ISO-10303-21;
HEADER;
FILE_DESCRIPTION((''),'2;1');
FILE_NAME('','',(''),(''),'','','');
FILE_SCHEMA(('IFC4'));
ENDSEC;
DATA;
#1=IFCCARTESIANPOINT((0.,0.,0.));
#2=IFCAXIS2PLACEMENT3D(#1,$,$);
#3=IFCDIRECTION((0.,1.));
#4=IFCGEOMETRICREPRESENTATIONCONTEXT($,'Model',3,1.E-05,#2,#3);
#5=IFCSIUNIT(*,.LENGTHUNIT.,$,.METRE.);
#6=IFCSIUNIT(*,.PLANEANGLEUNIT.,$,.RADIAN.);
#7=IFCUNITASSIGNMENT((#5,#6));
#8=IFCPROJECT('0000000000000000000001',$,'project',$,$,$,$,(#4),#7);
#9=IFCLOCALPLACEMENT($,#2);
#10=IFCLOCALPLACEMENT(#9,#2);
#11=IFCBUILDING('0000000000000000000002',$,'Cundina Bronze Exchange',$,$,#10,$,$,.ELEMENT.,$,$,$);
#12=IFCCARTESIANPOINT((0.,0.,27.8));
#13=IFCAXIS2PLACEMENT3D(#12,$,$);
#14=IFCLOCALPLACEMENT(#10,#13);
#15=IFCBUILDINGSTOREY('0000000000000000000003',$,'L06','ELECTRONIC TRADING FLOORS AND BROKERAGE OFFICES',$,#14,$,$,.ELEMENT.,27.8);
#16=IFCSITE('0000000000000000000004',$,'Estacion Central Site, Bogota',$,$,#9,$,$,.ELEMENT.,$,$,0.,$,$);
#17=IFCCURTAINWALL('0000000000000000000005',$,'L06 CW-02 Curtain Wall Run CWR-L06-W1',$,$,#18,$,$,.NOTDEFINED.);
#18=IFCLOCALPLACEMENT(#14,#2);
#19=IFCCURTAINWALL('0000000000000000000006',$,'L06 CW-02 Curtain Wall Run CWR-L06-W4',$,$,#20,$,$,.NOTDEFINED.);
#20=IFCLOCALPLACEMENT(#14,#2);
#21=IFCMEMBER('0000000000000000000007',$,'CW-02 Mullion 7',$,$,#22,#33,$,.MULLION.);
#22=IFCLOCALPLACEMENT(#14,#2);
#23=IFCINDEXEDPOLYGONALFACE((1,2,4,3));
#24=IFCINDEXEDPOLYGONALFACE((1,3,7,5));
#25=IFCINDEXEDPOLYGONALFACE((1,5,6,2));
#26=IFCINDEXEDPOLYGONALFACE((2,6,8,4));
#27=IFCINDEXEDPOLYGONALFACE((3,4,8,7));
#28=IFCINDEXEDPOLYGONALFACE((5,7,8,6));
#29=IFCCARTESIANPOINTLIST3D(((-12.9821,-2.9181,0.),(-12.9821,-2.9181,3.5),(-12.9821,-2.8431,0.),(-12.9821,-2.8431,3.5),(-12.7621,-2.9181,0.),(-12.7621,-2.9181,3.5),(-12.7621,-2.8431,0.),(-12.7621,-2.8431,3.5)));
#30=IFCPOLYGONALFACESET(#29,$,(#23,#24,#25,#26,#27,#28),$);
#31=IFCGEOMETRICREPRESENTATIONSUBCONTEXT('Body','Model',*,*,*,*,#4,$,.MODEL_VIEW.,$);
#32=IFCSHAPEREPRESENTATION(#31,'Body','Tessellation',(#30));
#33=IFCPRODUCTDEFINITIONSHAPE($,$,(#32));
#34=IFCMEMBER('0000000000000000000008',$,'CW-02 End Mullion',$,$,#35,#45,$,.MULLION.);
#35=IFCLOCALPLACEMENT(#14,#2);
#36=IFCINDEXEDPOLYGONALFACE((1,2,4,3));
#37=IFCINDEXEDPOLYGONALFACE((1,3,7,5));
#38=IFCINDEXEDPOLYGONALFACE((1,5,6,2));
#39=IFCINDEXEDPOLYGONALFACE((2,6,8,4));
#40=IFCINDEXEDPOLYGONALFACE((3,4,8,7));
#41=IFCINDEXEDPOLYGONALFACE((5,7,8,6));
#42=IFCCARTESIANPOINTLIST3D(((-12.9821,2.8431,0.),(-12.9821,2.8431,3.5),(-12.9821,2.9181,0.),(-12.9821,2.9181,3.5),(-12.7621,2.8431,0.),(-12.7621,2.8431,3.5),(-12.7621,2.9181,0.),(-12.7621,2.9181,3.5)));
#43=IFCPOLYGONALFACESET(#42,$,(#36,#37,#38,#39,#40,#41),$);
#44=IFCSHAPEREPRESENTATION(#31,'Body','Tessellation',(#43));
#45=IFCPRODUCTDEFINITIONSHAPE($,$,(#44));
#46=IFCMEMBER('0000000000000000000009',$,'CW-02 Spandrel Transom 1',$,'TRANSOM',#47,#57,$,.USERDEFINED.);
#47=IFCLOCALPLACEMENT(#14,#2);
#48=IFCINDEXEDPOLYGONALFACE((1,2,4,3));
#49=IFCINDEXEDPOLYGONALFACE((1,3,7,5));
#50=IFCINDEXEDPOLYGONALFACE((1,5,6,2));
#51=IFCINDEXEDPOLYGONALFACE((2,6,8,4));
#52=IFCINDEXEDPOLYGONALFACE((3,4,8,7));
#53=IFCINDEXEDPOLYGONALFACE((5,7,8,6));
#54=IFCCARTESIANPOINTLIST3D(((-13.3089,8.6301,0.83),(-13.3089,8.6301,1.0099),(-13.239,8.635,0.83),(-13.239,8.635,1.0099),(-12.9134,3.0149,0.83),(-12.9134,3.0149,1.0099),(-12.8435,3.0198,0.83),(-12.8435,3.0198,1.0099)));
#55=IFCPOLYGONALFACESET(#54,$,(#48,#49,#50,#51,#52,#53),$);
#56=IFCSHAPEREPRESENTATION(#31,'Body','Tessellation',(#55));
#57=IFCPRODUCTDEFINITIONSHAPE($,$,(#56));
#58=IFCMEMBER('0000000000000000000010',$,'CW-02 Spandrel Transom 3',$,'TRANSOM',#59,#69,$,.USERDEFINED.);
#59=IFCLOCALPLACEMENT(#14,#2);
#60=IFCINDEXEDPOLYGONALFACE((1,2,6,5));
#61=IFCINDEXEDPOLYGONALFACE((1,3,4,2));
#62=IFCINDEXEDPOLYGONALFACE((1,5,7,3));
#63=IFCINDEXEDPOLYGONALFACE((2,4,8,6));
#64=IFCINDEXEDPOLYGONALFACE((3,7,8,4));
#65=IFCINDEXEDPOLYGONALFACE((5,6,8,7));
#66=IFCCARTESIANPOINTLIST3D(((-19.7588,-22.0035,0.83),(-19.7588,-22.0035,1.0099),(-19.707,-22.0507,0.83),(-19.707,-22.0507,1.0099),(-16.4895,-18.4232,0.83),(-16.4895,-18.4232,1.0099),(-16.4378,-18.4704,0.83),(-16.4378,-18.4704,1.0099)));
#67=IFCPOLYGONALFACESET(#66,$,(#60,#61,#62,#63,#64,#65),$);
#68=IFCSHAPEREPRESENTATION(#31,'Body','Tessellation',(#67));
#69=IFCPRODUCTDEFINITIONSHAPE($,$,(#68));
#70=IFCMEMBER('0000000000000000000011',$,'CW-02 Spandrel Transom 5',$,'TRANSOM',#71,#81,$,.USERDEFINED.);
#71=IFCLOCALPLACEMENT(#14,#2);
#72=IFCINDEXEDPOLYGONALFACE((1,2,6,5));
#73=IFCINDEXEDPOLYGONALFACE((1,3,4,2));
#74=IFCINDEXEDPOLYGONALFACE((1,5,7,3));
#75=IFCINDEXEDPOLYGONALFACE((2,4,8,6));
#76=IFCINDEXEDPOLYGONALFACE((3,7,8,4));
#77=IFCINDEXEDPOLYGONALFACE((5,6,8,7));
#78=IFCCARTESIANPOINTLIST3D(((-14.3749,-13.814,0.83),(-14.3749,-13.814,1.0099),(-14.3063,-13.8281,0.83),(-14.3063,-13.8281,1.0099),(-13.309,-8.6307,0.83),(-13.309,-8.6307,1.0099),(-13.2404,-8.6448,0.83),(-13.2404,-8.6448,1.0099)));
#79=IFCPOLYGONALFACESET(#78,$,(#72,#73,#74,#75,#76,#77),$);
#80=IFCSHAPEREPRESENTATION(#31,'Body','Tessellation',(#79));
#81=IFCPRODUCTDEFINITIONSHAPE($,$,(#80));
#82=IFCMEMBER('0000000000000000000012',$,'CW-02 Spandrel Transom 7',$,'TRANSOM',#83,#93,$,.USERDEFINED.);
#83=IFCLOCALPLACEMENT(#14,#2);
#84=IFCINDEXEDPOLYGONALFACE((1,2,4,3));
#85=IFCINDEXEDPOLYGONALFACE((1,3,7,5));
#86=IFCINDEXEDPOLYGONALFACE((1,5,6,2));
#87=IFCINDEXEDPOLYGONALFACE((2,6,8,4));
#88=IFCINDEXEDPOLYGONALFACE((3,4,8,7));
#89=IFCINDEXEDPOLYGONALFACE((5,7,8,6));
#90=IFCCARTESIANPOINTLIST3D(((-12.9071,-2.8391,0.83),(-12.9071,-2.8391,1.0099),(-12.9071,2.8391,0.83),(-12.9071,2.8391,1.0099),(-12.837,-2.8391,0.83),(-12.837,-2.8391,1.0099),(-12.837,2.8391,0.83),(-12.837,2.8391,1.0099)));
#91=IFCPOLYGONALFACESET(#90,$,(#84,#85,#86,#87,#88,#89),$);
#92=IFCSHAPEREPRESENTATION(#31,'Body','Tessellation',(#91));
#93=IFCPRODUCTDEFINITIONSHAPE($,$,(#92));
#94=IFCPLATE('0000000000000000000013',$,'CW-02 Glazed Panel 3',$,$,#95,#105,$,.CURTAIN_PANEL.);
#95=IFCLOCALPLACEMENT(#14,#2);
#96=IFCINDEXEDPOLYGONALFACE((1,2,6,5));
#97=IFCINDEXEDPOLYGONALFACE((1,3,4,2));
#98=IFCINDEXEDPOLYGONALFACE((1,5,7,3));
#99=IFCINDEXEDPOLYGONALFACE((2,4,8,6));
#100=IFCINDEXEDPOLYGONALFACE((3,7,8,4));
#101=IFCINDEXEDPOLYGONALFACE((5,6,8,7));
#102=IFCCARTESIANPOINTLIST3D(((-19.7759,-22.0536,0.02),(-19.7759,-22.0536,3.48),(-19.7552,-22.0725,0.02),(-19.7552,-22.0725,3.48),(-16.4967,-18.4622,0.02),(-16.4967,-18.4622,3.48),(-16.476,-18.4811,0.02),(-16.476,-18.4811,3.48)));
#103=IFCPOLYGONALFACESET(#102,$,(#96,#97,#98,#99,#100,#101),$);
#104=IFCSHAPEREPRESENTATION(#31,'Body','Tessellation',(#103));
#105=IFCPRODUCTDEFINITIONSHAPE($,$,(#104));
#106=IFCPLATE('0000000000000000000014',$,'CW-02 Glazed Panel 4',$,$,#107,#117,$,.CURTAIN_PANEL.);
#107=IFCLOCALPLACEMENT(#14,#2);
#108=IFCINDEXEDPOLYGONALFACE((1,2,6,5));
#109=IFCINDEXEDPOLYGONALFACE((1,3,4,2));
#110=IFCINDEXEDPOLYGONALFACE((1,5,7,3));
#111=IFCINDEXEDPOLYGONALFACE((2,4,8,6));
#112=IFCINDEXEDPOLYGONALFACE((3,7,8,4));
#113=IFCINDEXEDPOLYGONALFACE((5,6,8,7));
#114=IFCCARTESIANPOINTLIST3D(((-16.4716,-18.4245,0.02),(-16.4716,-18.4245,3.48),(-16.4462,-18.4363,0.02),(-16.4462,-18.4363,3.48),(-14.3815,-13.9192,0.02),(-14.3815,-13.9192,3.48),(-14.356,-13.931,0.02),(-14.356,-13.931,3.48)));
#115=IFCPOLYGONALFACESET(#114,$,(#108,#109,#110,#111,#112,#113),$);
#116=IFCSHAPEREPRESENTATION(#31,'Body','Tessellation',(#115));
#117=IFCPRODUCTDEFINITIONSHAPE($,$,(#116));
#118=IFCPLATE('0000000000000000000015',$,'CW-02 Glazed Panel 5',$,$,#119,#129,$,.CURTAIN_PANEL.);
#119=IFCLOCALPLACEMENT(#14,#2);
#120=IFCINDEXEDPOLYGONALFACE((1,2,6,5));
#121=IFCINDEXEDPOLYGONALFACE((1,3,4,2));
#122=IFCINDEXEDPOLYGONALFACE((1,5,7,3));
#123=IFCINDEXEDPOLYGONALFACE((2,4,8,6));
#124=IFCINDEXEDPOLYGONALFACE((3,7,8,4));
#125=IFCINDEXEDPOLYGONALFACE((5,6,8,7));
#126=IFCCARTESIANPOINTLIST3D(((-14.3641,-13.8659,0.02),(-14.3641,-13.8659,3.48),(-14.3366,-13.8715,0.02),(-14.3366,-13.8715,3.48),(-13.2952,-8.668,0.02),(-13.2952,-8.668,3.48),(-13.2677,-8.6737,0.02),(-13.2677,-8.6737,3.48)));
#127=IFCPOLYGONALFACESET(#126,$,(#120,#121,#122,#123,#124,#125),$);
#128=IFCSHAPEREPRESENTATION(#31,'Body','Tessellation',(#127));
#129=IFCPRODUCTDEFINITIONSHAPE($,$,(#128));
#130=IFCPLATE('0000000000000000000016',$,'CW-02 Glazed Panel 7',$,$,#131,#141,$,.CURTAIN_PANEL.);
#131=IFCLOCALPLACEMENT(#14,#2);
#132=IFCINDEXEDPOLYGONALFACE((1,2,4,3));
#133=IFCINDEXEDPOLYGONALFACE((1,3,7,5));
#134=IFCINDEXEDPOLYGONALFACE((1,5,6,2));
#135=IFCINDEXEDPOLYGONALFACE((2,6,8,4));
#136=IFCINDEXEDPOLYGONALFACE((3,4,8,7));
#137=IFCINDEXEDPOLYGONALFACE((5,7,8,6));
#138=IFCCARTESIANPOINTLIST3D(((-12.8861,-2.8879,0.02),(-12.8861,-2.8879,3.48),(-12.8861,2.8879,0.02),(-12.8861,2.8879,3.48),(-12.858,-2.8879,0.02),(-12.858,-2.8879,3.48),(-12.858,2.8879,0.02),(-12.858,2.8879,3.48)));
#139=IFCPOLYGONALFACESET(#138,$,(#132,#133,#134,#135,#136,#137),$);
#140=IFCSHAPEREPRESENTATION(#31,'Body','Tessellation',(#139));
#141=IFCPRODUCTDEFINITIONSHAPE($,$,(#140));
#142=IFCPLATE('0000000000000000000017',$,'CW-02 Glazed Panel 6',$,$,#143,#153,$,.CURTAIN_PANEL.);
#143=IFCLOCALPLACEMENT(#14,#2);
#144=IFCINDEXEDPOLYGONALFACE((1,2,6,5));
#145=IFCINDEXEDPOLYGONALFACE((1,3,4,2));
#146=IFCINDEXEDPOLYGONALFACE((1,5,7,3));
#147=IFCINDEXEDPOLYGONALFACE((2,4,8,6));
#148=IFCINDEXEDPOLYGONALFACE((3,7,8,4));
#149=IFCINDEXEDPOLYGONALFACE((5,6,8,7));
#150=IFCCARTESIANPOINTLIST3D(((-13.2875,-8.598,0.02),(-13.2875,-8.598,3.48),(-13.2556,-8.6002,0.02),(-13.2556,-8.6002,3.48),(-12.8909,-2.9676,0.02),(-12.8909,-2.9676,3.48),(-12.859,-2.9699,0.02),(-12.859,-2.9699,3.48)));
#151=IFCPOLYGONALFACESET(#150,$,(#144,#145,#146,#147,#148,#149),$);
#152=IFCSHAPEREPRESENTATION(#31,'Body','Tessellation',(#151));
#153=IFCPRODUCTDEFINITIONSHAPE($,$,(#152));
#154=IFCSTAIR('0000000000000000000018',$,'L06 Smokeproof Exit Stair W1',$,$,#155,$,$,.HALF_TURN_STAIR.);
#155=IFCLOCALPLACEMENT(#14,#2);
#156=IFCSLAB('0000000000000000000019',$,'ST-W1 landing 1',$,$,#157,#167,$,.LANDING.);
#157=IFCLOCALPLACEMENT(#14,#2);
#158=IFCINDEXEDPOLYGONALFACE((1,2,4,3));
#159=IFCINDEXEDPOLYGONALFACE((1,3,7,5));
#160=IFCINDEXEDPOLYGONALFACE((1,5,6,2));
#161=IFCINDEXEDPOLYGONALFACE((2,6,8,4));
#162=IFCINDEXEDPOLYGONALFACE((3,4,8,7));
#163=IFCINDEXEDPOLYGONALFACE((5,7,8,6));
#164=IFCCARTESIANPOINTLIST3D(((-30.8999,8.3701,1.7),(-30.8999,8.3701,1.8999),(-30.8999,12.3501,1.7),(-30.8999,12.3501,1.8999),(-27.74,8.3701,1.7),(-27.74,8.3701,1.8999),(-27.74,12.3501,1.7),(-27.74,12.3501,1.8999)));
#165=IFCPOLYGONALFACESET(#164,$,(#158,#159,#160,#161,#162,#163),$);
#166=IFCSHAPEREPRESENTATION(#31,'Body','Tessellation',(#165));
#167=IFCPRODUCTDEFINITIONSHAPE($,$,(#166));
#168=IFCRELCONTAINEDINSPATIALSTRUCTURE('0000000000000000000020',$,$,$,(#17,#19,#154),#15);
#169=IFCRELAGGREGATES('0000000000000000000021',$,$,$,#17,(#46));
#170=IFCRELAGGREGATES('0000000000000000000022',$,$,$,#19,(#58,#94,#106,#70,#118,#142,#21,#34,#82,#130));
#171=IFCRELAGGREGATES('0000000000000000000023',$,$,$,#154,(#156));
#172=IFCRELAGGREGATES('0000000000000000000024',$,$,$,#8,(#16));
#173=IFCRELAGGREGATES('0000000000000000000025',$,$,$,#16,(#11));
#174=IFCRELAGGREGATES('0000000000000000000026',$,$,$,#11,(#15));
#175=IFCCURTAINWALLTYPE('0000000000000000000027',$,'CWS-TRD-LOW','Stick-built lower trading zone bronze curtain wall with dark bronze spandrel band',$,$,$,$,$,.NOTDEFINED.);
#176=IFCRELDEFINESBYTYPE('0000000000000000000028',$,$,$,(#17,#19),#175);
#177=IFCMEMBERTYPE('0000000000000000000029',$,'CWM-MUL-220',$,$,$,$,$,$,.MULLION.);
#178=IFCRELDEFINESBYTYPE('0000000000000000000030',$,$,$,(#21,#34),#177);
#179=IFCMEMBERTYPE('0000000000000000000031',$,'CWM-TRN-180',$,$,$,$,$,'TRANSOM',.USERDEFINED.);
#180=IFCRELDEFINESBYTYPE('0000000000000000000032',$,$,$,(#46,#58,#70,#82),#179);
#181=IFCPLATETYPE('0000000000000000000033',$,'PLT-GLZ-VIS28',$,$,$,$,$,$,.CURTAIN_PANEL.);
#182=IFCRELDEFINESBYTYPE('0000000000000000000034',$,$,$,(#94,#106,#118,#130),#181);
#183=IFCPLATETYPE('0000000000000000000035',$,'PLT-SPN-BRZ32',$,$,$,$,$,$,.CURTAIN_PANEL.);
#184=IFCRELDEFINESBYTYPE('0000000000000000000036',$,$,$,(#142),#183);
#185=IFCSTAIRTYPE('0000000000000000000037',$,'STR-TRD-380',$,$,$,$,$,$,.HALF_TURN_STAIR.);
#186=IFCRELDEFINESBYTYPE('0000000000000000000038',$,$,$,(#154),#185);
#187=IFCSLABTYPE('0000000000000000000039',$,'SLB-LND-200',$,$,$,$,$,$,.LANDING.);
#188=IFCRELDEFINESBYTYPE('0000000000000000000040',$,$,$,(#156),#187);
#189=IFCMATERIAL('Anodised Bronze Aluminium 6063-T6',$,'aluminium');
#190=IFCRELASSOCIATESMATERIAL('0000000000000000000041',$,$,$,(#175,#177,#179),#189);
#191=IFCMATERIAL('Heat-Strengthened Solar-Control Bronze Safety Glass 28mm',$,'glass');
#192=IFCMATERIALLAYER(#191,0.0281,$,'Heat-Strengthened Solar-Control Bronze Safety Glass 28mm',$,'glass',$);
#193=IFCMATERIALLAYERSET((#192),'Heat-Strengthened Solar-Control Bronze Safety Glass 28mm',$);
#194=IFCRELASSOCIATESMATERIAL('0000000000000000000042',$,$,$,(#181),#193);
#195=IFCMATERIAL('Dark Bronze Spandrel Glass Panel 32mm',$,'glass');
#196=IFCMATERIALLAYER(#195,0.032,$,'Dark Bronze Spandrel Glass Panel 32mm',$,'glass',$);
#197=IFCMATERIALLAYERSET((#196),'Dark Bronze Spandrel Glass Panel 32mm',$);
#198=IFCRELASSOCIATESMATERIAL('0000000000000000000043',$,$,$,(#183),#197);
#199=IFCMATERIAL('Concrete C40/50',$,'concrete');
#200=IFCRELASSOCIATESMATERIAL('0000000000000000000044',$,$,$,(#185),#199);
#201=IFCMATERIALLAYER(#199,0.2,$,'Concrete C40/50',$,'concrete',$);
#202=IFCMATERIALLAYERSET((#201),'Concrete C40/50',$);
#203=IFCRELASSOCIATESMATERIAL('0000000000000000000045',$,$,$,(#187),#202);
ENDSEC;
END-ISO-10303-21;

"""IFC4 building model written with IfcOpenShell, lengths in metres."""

from ifc_helpers import new_model, si_unit, direction, frame, origin, origin_2d, place, context, subcontext, project, spatial, polyline, rectangle, outline, extrude, material, layer, layer_set, material_profile, profile_set, type_object, element, aggregate, save


model = new_model("IFC4")

# Units and contexts
model_context = context("Model", 3, precision=1e-05, world=origin(), true_north=direction((0.0, 1.0)))
body_context = subcontext(model_context, "Body", "Model", "MODEL_VIEW")
ifc_project = project(units=[si_unit("LENGTHUNIT", "METRE"), si_unit("PLANEANGLEUNIT", "RADIAN")], contexts=[model_context])

# Site, building, storey
site_placement = place(None, origin())
site = spatial("IfcSite", under=ifc_project, at=site_placement, Name="Estacion Central Site, Bogota", CompositionType="ELEMENT", RefElevation=0.0)
building_placement = place(site_placement, origin())
building = spatial("IfcBuilding", under=site, at=building_placement, Name="Cundina Bronze Exchange", CompositionType="ELEMENT")
storey_placement = place(building_placement, frame((0.0, 0.0, 27.8)))
storey = spatial("IfcBuildingStorey", under=building, at=storey_placement, Name="L06", Description="ELECTRONIC TRADING FLOORS AND BROKERAGE OFFICES", CompositionType="ELEMENT", Elevation=27.8)

# Curtain wall
ifc_material_1 = material(Name="Anodised Bronze Aluminium 6063-T6", Category="aluminium")
curtain_wall_type = type_object("IfcCurtainWallType", Name="CWS-TRD-LOW", Description="Stick-built lower trading zone bronze curtain wall with dark bronze spandrel band", PredefinedType="NOTDEFINED", material=ifc_material_1)
curtain_wall_1_placement = place(storey_placement, origin())
curtain_wall_1 = element("IfcCurtainWall", 1, at=curtain_wall_1_placement, inside=storey, type_object=curtain_wall_type, Name="L06 CW-02 Curtain Wall Run CWR-L06-W1", PredefinedType="NOTDEFINED")
ifc_material_profile_1 = material_profile(ifc_material_1, rectangle(XDim=0.075, YDim=0.22, at=origin_2d()), Name="AL75X220", Category="aluminium")
ifc_profile_set_1 = profile_set([ifc_material_profile_1], Name="Anodised Bronze Aluminium 6063-T6")
member_type_1 = type_object("IfcMemberType", Name="CWM-MUL-220", PredefinedType="MULLION", material=ifc_profile_set_1)

# Curtain wall, members
curtain_wall_2_placement = place(storey_placement, origin())
curtain_wall_2 = element("IfcCurtainWall", 2, at=curtain_wall_2_placement, inside=storey, type_object=curtain_wall_type, Name="L06 CW-02 Curtain Wall Run CWR-L06-W4", PredefinedType="NOTDEFINED")
member_1_placement = place(storey_placement, frame((-12.8721, -2.8806, 0.0), z_axis=(0.0, 0.0, 1.0), x_axis=(0.0, 1.0, 0.0)))
member_1 = element("IfcMember", 3, at=member_1_placement, type_object=member_type_1, Name="CW-02 Mullion 7", PredefinedType="MULLION", context=body_context, shape_type="SweptSolid", body=[
    extrude(rectangle(XDim=0.075, YDim=0.22, at=origin_2d()), origin(), (0.0, 0.0, 1.0), 3.5),
])
member_2_placement = place(storey_placement, frame((-12.8721, 2.8806, 0.0), z_axis=(0.0, 0.0, 1.0), x_axis=(0.0, 1.0, 0.0)))
member_2 = element("IfcMember", 4, at=member_2_placement, type_object=member_type_1, Name="CW-02 End Mullion", PredefinedType="MULLION", context=body_context, shape_type="SweptSolid", body=[
    extrude(rectangle(XDim=0.075, YDim=0.22, at=origin_2d()), origin(), (0.0, 0.0, 1.0), 3.5),
])

# Members
ifc_material_profile_2 = material_profile(ifc_material_1, rectangle(XDim=0.0701, YDim=0.1799, at=origin_2d()), Name="AL70X180", Category="aluminium")
ifc_profile_set_2 = profile_set([ifc_material_profile_2], Name="Anodised Bronze Aluminium 6063-T6")
member_type_2 = type_object("IfcMemberType", Name="CWM-TRN-180", ElementType="TRANSOM", PredefinedType="USERDEFINED", material=ifc_profile_set_2)
member_3_placement = place(storey_placement, frame((-12.8784, 3.0173, 0.9199), z_axis=(-0.070261, 0.997529, 0.0), x_axis=(-0.997529, -0.070261, 0.0)))
member_3 = element("IfcMember", 5, at=member_3_placement, type_object=member_type_2, Name="CW-02 Spandrel Transom 1", ObjectType="TRANSOM", PredefinedType="USERDEFINED", context=body_context, shape_type="SweptSolid", body=[
    extrude(rectangle(XDim=0.0701, YDim=0.1799, at=origin_2d()), origin(), (0.0, 0.0, 1.0), 5.6292),
])
aggregate(curtain_wall_1, [member_3])
member_4_placement = place(storey_placement, frame((-19.7329, -22.0271, 0.9199), z_axis=(0.674303, 0.738455, 0.0), x_axis=(-0.738455, 0.674303, 0.0)))
member_4 = element("IfcMember", 6, at=member_4_placement, type_object=member_type_2, Name="CW-02 Spandrel Transom 3", ObjectType="TRANSOM", PredefinedType="USERDEFINED", context=body_context, shape_type="SweptSolid", body=[
    extrude(rectangle(XDim=0.0701, YDim=0.1799, at=origin_2d()), origin(), (0.0, 0.0, 1.0), 4.8484),
])
member_5_placement = place(storey_placement, frame((-14.3406, -13.821, 0.9199), z_axis=(0.201428, 0.979503, 0.0), x_axis=(-0.979503, 0.201428, 0.0)))
member_5 = element("IfcMember", 7, at=member_5_placement, type_object=member_type_2, Name="CW-02 Spandrel Transom 5", ObjectType="TRANSOM", PredefinedType="USERDEFINED", context=body_context, shape_type="SweptSolid", body=[
    extrude(rectangle(XDim=0.0701, YDim=0.1799, at=origin_2d()), origin(), (0.0, 0.0, 1.0), 5.2917),
])
member_6_placement = place(storey_placement, frame((-12.8721, -2.8391, 0.9199), z_axis=(0.0, 1.0, 0.0), x_axis=(-1.0, 0.0, 0.0)))
member_6 = element("IfcMember", 8, at=member_6_placement, type_object=member_type_2, Name="CW-02 Spandrel Transom 7", ObjectType="TRANSOM", PredefinedType="USERDEFINED", context=body_context, shape_type="SweptSolid", body=[
    extrude(rectangle(XDim=0.0701, YDim=0.1799, at=origin_2d()), origin(), (0.0, 0.0, 1.0), 5.6782),
])

# Plates
ifc_material_2 = material(Name="Heat-Strengthened Solar-Control Bronze Safety Glass 28mm", Category="glass")
ifc_layer_1 = layer(ifc_material_2, 0.0281, Name="Heat-Strengthened Solar-Control Bronze Safety Glass 28mm", Category="glass")
ifc_layer_set_1 = layer_set([ifc_layer_1], Name="Heat-Strengthened Solar-Control Bronze Safety Glass 28mm")
plate_type_1 = type_object("IfcPlateType", Name="PLT-GLZ-VIS28", PredefinedType="CURTAIN_PANEL", material=ifc_layer_set_1)
plate_1_placement = place(storey_placement, frame((-18.126, -20.2673, 0.02), z_axis=(0.0, 0.0, 1.0), x_axis=(0.674277, 0.738479, 0.0)))
plate_1 = element("IfcPlate", 9, at=plate_1_placement, type_object=plate_type_1, Name="CW-02 Glazed Panel 3", PredefinedType="CURTAIN_PANEL", context=body_context, shape_type="SweptSolid", body=[
    extrude(rectangle(XDim=4.8633, YDim=0.0281, at=origin_2d()), origin(), (0.0, 0.0, 1.0), 3.46),
])
plate_2_placement = place(storey_placement, frame((-15.4138, -16.1777, 0.02), z_axis=(0.0, 0.0, 1.0), x_axis=(0.420846, 0.907132, 0.0)))
plate_2 = element("IfcPlate", 10, at=plate_2_placement, type_object=plate_type_1, Name="CW-02 Glazed Panel 4", PredefinedType="CURTAIN_PANEL", context=body_context, shape_type="SweptSolid", body=[
    extrude(rectangle(XDim=4.9666, YDim=0.0281, at=origin_2d()), origin(), (0.0, 0.0, 1.0), 3.46),
])
plate_3_placement = place(storey_placement, frame((-13.8159, -11.2698, 0.02), z_axis=(0.0, 0.0, 1.0), x_axis=(0.20142, 0.979505, 0.0)))
plate_3 = element("IfcPlate", 11, at=plate_3_placement, type_object=plate_type_1, Name="CW-02 Glazed Panel 5", PredefinedType="CURTAIN_PANEL", context=body_context, shape_type="SweptSolid", body=[
    extrude(rectangle(XDim=5.3066, YDim=0.0281, at=origin_2d()), origin(), (0.0, 0.0, 1.0), 3.46),
])
plate_4_placement = place(storey_placement, frame((-12.8721, 0.0, 0.02), z_axis=(0.0, 0.0, 1.0), x_axis=(0.0, 1.0, 0.0)))
plate_4 = element("IfcPlate", 12, at=plate_4_placement, type_object=plate_type_1, Name="CW-02 Glazed Panel 7", PredefinedType="CURTAIN_PANEL", context=body_context, shape_type="SweptSolid", body=[
    extrude(rectangle(XDim=5.7759, YDim=0.0281, at=origin_2d()), origin(), (0.0, 0.0, 1.0), 3.46),
])
ifc_material_3 = material(Name="Dark Bronze Spandrel Glass Panel 32mm", Category="glass")
ifc_layer_2 = layer(ifc_material_3, 0.032, Name="Dark Bronze Spandrel Glass Panel 32mm", Category="glass")
ifc_layer_set_2 = layer_set([ifc_layer_2], Name="Dark Bronze Spandrel Glass Panel 32mm")
plate_type_2 = type_object("IfcPlateType", Name="PLT-SPN-BRZ32", PredefinedType="CURTAIN_PANEL", material=ifc_layer_set_2)
plate_5_placement = place(storey_placement, frame((-13.0732, -5.7839, 0.02), z_axis=(0.0, 0.0, 1.0), x_axis=(0.070279, 0.997527, 0.0)))
plate_5 = element("IfcPlate", 13, at=plate_5_placement, type_object=plate_type_2, Name="CW-02 Glazed Panel 6", PredefinedType="CURTAIN_PANEL", context=body_context, shape_type="SweptSolid", body=[
    extrude(rectangle(XDim=5.6443, YDim=0.032, at=origin_2d()), origin(), (0.0, 0.0, 1.0), 3.46),
])
aggregate(curtain_wall_2, [member_4, plate_1, plate_2, member_5, plate_3, plate_5, member_1, member_2, member_6, plate_4])

# Stair, slab
ifc_material_4 = material(Name="Concrete C40/50", Category="concrete")
stair_type = type_object("IfcStairType", Name="STR-TRD-380", PredefinedType="HALF_TURN_STAIR", material=ifc_material_4)
stair_placement = place(storey_placement, origin())
stair = element("IfcStair", 14, at=stair_placement, inside=storey, type_object=stair_type, Name="L06 Smokeproof Exit Stair W1", PredefinedType="HALF_TURN_STAIR")
ifc_layer_3 = layer(ifc_material_4, 0.2, Name="Concrete C40/50", Category="concrete")
ifc_layer_set_3 = layer_set([ifc_layer_3], Name="Concrete C40/50")
slab_type_1 = type_object("IfcSlabType", Name="SLB-LND-200", PredefinedType="LANDING", material=ifc_layer_set_3)
slab_1_placement = place(storey_placement, frame((0.0, 0.0, 1.7)))
slab_1 = element("IfcSlab", 15, at=slab_1_placement, type_object=slab_type_1, Name="ST-W1 landing 1", PredefinedType="LANDING", context=body_context, shape_type="SweptSolid", body=[
    extrude(outline(polyline([(-27.74, 8.3701), (-27.74, 12.3501), (-30.8999, 12.3501), (-30.8999, 8.3701), (-27.74, 8.3701)])), origin(), (0.0, 0.0, 1.0), 0.2),
])
aggregate(stair, [slab_1])

save(model, "model.ifc")
